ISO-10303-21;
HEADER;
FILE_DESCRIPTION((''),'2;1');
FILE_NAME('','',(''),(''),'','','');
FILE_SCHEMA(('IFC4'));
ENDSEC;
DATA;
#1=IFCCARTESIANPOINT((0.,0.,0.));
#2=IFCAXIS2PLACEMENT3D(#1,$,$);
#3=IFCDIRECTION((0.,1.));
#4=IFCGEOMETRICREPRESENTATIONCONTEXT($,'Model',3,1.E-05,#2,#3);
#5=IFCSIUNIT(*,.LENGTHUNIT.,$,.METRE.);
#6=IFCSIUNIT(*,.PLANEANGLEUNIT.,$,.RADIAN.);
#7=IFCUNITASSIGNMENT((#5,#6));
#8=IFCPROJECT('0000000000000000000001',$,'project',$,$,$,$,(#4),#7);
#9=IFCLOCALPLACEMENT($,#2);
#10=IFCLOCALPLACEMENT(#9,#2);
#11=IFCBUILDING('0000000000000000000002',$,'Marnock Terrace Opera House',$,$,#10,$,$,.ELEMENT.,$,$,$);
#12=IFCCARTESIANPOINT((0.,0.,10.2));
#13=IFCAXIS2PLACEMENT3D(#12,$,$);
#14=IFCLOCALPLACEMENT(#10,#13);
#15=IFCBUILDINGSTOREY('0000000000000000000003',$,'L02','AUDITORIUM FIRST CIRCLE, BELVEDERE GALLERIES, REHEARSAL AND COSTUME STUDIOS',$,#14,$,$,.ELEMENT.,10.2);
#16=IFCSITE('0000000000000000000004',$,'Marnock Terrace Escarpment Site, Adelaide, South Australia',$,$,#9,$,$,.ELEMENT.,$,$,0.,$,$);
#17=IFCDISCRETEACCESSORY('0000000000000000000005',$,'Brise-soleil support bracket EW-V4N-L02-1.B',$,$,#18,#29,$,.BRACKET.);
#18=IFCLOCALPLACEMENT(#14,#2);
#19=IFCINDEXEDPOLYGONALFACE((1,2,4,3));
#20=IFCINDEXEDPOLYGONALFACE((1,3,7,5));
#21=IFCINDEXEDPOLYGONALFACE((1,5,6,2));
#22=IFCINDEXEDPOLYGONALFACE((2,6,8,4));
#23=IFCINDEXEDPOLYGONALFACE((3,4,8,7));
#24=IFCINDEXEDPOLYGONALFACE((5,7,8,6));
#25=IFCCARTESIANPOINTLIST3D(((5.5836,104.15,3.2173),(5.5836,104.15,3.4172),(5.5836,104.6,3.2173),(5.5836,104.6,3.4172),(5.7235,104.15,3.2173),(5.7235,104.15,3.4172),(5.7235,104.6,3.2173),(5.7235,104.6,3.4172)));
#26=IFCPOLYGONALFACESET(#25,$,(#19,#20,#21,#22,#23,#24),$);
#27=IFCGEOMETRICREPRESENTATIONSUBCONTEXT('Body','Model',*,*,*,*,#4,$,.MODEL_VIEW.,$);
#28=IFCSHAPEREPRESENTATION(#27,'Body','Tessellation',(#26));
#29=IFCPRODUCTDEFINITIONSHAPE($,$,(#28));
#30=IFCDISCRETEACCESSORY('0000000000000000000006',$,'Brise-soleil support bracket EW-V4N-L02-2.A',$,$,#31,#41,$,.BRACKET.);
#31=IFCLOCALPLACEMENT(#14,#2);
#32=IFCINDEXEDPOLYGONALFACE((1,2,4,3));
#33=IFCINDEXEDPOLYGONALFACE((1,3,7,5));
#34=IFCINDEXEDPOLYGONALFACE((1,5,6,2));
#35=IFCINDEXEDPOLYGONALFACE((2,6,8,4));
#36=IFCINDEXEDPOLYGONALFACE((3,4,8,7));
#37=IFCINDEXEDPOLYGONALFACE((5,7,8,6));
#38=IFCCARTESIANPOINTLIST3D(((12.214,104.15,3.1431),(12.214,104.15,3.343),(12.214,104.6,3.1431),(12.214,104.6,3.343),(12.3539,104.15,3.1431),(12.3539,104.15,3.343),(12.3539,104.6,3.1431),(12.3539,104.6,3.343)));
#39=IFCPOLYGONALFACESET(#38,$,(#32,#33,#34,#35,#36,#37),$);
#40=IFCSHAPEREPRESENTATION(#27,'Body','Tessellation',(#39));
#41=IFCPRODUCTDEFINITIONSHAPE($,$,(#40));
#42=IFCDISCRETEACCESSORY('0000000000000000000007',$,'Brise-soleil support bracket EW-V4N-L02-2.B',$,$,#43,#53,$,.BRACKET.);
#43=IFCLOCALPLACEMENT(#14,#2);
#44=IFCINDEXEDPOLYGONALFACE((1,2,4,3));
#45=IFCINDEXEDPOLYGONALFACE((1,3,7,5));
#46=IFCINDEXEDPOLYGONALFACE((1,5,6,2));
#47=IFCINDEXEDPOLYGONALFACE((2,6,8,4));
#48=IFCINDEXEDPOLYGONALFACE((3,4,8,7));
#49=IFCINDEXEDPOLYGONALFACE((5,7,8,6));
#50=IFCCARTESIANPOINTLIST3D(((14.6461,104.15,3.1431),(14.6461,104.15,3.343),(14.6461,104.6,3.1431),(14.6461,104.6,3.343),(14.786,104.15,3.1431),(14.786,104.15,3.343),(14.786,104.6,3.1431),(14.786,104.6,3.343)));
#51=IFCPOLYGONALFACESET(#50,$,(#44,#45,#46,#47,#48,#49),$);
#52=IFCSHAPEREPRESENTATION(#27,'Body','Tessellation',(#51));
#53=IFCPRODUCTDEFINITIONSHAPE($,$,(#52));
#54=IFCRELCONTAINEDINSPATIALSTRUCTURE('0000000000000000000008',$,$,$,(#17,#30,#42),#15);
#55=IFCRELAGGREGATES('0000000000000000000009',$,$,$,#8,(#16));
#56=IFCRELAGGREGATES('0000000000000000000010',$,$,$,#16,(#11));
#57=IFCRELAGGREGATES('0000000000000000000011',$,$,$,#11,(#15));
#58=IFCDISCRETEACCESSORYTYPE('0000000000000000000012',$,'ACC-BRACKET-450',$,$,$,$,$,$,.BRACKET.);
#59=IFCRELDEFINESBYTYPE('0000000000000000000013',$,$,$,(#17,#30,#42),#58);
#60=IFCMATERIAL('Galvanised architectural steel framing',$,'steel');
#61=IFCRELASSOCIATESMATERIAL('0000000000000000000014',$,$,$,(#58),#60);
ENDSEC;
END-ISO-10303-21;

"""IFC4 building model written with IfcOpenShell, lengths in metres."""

from ifc_helpers import new_model, si_unit, direction, frame, origin, origin_2d, place, context, subcontext, project, spatial, rectangle, extrude, material, type_object, element, save


model = new_model("IFC4")

# Units and contexts
model_context = context("Model", 3, precision=1e-05, world=origin(), true_north=direction((0.0, 1.0)))
body_context = subcontext(model_context, "Body", "Model", "MODEL_VIEW")
ifc_project = project(units=[si_unit("LENGTHUNIT", "METRE"), si_unit("PLANEANGLEUNIT", "RADIAN")], contexts=[model_context])

# Site, building, storey
site_placement = place(None, origin())
site = spatial("IfcSite", under=ifc_project, at=site_placement, Name="Marnock Terrace Escarpment Site, Adelaide, South Australia", CompositionType="ELEMENT", RefElevation=0.0)
building_placement = place(site_placement, origin())
building = spatial("IfcBuilding", under=site, at=building_placement, Name="Marnock Terrace Opera House", CompositionType="ELEMENT")
storey_placement = place(building_placement, frame((0.0, 0.0, 10.2)))
storey = spatial("IfcBuildingStorey", under=building, at=storey_placement, Name="L02", Description="AUDITORIUM FIRST CIRCLE, BELVEDERE GALLERIES, REHEARSAL AND COSTUME STUDIOS", CompositionType="ELEMENT", Elevation=10.2)

# Discrete accessories
ifc_material_1 = material(Name="Galvanised architectural steel framing", Category="steel")
discrete_accessory_type = type_object("IfcDiscreteAccessoryType", Name="ACC-BRACKET-450", PredefinedType="BRACKET", material=ifc_material_1)
for number, where, z_axis, x_axis, name in (
    (1, (5.6536, 104.375, 3.2173), (0.0, 0.0, 1.0), (1.0, 0.0, 0.0), "Brise-soleil support bracket EW-V4N-L02-1.B"),
    (2, (12.2839, 104.375, 3.1431), (0.0, 0.0, 1.0), (1.0, 0.0, 0.0), "Brise-soleil support bracket EW-V4N-L02-2.A"),
    (3, (14.7161, 104.375, 3.1431), (0.0, 0.0, 1.0), (1.0, 0.0, 0.0), "Brise-soleil support bracket EW-V4N-L02-2.B"),
):
    element("IfcDiscreteAccessory", number, at=place(storey_placement, frame(where, z_axis=z_axis, x_axis=x_axis)), inside=storey, type_object=discrete_accessory_type, Name=name, PredefinedType="BRACKET", context=body_context, shape_type="SweptSolid", body=[
        extrude(rectangle(XDim=0.1399, YDim=0.45, at=origin_2d()), origin(), (0.0, 0.0, 1.0), 0.2),
    ])

save(model, "model.ifc")
